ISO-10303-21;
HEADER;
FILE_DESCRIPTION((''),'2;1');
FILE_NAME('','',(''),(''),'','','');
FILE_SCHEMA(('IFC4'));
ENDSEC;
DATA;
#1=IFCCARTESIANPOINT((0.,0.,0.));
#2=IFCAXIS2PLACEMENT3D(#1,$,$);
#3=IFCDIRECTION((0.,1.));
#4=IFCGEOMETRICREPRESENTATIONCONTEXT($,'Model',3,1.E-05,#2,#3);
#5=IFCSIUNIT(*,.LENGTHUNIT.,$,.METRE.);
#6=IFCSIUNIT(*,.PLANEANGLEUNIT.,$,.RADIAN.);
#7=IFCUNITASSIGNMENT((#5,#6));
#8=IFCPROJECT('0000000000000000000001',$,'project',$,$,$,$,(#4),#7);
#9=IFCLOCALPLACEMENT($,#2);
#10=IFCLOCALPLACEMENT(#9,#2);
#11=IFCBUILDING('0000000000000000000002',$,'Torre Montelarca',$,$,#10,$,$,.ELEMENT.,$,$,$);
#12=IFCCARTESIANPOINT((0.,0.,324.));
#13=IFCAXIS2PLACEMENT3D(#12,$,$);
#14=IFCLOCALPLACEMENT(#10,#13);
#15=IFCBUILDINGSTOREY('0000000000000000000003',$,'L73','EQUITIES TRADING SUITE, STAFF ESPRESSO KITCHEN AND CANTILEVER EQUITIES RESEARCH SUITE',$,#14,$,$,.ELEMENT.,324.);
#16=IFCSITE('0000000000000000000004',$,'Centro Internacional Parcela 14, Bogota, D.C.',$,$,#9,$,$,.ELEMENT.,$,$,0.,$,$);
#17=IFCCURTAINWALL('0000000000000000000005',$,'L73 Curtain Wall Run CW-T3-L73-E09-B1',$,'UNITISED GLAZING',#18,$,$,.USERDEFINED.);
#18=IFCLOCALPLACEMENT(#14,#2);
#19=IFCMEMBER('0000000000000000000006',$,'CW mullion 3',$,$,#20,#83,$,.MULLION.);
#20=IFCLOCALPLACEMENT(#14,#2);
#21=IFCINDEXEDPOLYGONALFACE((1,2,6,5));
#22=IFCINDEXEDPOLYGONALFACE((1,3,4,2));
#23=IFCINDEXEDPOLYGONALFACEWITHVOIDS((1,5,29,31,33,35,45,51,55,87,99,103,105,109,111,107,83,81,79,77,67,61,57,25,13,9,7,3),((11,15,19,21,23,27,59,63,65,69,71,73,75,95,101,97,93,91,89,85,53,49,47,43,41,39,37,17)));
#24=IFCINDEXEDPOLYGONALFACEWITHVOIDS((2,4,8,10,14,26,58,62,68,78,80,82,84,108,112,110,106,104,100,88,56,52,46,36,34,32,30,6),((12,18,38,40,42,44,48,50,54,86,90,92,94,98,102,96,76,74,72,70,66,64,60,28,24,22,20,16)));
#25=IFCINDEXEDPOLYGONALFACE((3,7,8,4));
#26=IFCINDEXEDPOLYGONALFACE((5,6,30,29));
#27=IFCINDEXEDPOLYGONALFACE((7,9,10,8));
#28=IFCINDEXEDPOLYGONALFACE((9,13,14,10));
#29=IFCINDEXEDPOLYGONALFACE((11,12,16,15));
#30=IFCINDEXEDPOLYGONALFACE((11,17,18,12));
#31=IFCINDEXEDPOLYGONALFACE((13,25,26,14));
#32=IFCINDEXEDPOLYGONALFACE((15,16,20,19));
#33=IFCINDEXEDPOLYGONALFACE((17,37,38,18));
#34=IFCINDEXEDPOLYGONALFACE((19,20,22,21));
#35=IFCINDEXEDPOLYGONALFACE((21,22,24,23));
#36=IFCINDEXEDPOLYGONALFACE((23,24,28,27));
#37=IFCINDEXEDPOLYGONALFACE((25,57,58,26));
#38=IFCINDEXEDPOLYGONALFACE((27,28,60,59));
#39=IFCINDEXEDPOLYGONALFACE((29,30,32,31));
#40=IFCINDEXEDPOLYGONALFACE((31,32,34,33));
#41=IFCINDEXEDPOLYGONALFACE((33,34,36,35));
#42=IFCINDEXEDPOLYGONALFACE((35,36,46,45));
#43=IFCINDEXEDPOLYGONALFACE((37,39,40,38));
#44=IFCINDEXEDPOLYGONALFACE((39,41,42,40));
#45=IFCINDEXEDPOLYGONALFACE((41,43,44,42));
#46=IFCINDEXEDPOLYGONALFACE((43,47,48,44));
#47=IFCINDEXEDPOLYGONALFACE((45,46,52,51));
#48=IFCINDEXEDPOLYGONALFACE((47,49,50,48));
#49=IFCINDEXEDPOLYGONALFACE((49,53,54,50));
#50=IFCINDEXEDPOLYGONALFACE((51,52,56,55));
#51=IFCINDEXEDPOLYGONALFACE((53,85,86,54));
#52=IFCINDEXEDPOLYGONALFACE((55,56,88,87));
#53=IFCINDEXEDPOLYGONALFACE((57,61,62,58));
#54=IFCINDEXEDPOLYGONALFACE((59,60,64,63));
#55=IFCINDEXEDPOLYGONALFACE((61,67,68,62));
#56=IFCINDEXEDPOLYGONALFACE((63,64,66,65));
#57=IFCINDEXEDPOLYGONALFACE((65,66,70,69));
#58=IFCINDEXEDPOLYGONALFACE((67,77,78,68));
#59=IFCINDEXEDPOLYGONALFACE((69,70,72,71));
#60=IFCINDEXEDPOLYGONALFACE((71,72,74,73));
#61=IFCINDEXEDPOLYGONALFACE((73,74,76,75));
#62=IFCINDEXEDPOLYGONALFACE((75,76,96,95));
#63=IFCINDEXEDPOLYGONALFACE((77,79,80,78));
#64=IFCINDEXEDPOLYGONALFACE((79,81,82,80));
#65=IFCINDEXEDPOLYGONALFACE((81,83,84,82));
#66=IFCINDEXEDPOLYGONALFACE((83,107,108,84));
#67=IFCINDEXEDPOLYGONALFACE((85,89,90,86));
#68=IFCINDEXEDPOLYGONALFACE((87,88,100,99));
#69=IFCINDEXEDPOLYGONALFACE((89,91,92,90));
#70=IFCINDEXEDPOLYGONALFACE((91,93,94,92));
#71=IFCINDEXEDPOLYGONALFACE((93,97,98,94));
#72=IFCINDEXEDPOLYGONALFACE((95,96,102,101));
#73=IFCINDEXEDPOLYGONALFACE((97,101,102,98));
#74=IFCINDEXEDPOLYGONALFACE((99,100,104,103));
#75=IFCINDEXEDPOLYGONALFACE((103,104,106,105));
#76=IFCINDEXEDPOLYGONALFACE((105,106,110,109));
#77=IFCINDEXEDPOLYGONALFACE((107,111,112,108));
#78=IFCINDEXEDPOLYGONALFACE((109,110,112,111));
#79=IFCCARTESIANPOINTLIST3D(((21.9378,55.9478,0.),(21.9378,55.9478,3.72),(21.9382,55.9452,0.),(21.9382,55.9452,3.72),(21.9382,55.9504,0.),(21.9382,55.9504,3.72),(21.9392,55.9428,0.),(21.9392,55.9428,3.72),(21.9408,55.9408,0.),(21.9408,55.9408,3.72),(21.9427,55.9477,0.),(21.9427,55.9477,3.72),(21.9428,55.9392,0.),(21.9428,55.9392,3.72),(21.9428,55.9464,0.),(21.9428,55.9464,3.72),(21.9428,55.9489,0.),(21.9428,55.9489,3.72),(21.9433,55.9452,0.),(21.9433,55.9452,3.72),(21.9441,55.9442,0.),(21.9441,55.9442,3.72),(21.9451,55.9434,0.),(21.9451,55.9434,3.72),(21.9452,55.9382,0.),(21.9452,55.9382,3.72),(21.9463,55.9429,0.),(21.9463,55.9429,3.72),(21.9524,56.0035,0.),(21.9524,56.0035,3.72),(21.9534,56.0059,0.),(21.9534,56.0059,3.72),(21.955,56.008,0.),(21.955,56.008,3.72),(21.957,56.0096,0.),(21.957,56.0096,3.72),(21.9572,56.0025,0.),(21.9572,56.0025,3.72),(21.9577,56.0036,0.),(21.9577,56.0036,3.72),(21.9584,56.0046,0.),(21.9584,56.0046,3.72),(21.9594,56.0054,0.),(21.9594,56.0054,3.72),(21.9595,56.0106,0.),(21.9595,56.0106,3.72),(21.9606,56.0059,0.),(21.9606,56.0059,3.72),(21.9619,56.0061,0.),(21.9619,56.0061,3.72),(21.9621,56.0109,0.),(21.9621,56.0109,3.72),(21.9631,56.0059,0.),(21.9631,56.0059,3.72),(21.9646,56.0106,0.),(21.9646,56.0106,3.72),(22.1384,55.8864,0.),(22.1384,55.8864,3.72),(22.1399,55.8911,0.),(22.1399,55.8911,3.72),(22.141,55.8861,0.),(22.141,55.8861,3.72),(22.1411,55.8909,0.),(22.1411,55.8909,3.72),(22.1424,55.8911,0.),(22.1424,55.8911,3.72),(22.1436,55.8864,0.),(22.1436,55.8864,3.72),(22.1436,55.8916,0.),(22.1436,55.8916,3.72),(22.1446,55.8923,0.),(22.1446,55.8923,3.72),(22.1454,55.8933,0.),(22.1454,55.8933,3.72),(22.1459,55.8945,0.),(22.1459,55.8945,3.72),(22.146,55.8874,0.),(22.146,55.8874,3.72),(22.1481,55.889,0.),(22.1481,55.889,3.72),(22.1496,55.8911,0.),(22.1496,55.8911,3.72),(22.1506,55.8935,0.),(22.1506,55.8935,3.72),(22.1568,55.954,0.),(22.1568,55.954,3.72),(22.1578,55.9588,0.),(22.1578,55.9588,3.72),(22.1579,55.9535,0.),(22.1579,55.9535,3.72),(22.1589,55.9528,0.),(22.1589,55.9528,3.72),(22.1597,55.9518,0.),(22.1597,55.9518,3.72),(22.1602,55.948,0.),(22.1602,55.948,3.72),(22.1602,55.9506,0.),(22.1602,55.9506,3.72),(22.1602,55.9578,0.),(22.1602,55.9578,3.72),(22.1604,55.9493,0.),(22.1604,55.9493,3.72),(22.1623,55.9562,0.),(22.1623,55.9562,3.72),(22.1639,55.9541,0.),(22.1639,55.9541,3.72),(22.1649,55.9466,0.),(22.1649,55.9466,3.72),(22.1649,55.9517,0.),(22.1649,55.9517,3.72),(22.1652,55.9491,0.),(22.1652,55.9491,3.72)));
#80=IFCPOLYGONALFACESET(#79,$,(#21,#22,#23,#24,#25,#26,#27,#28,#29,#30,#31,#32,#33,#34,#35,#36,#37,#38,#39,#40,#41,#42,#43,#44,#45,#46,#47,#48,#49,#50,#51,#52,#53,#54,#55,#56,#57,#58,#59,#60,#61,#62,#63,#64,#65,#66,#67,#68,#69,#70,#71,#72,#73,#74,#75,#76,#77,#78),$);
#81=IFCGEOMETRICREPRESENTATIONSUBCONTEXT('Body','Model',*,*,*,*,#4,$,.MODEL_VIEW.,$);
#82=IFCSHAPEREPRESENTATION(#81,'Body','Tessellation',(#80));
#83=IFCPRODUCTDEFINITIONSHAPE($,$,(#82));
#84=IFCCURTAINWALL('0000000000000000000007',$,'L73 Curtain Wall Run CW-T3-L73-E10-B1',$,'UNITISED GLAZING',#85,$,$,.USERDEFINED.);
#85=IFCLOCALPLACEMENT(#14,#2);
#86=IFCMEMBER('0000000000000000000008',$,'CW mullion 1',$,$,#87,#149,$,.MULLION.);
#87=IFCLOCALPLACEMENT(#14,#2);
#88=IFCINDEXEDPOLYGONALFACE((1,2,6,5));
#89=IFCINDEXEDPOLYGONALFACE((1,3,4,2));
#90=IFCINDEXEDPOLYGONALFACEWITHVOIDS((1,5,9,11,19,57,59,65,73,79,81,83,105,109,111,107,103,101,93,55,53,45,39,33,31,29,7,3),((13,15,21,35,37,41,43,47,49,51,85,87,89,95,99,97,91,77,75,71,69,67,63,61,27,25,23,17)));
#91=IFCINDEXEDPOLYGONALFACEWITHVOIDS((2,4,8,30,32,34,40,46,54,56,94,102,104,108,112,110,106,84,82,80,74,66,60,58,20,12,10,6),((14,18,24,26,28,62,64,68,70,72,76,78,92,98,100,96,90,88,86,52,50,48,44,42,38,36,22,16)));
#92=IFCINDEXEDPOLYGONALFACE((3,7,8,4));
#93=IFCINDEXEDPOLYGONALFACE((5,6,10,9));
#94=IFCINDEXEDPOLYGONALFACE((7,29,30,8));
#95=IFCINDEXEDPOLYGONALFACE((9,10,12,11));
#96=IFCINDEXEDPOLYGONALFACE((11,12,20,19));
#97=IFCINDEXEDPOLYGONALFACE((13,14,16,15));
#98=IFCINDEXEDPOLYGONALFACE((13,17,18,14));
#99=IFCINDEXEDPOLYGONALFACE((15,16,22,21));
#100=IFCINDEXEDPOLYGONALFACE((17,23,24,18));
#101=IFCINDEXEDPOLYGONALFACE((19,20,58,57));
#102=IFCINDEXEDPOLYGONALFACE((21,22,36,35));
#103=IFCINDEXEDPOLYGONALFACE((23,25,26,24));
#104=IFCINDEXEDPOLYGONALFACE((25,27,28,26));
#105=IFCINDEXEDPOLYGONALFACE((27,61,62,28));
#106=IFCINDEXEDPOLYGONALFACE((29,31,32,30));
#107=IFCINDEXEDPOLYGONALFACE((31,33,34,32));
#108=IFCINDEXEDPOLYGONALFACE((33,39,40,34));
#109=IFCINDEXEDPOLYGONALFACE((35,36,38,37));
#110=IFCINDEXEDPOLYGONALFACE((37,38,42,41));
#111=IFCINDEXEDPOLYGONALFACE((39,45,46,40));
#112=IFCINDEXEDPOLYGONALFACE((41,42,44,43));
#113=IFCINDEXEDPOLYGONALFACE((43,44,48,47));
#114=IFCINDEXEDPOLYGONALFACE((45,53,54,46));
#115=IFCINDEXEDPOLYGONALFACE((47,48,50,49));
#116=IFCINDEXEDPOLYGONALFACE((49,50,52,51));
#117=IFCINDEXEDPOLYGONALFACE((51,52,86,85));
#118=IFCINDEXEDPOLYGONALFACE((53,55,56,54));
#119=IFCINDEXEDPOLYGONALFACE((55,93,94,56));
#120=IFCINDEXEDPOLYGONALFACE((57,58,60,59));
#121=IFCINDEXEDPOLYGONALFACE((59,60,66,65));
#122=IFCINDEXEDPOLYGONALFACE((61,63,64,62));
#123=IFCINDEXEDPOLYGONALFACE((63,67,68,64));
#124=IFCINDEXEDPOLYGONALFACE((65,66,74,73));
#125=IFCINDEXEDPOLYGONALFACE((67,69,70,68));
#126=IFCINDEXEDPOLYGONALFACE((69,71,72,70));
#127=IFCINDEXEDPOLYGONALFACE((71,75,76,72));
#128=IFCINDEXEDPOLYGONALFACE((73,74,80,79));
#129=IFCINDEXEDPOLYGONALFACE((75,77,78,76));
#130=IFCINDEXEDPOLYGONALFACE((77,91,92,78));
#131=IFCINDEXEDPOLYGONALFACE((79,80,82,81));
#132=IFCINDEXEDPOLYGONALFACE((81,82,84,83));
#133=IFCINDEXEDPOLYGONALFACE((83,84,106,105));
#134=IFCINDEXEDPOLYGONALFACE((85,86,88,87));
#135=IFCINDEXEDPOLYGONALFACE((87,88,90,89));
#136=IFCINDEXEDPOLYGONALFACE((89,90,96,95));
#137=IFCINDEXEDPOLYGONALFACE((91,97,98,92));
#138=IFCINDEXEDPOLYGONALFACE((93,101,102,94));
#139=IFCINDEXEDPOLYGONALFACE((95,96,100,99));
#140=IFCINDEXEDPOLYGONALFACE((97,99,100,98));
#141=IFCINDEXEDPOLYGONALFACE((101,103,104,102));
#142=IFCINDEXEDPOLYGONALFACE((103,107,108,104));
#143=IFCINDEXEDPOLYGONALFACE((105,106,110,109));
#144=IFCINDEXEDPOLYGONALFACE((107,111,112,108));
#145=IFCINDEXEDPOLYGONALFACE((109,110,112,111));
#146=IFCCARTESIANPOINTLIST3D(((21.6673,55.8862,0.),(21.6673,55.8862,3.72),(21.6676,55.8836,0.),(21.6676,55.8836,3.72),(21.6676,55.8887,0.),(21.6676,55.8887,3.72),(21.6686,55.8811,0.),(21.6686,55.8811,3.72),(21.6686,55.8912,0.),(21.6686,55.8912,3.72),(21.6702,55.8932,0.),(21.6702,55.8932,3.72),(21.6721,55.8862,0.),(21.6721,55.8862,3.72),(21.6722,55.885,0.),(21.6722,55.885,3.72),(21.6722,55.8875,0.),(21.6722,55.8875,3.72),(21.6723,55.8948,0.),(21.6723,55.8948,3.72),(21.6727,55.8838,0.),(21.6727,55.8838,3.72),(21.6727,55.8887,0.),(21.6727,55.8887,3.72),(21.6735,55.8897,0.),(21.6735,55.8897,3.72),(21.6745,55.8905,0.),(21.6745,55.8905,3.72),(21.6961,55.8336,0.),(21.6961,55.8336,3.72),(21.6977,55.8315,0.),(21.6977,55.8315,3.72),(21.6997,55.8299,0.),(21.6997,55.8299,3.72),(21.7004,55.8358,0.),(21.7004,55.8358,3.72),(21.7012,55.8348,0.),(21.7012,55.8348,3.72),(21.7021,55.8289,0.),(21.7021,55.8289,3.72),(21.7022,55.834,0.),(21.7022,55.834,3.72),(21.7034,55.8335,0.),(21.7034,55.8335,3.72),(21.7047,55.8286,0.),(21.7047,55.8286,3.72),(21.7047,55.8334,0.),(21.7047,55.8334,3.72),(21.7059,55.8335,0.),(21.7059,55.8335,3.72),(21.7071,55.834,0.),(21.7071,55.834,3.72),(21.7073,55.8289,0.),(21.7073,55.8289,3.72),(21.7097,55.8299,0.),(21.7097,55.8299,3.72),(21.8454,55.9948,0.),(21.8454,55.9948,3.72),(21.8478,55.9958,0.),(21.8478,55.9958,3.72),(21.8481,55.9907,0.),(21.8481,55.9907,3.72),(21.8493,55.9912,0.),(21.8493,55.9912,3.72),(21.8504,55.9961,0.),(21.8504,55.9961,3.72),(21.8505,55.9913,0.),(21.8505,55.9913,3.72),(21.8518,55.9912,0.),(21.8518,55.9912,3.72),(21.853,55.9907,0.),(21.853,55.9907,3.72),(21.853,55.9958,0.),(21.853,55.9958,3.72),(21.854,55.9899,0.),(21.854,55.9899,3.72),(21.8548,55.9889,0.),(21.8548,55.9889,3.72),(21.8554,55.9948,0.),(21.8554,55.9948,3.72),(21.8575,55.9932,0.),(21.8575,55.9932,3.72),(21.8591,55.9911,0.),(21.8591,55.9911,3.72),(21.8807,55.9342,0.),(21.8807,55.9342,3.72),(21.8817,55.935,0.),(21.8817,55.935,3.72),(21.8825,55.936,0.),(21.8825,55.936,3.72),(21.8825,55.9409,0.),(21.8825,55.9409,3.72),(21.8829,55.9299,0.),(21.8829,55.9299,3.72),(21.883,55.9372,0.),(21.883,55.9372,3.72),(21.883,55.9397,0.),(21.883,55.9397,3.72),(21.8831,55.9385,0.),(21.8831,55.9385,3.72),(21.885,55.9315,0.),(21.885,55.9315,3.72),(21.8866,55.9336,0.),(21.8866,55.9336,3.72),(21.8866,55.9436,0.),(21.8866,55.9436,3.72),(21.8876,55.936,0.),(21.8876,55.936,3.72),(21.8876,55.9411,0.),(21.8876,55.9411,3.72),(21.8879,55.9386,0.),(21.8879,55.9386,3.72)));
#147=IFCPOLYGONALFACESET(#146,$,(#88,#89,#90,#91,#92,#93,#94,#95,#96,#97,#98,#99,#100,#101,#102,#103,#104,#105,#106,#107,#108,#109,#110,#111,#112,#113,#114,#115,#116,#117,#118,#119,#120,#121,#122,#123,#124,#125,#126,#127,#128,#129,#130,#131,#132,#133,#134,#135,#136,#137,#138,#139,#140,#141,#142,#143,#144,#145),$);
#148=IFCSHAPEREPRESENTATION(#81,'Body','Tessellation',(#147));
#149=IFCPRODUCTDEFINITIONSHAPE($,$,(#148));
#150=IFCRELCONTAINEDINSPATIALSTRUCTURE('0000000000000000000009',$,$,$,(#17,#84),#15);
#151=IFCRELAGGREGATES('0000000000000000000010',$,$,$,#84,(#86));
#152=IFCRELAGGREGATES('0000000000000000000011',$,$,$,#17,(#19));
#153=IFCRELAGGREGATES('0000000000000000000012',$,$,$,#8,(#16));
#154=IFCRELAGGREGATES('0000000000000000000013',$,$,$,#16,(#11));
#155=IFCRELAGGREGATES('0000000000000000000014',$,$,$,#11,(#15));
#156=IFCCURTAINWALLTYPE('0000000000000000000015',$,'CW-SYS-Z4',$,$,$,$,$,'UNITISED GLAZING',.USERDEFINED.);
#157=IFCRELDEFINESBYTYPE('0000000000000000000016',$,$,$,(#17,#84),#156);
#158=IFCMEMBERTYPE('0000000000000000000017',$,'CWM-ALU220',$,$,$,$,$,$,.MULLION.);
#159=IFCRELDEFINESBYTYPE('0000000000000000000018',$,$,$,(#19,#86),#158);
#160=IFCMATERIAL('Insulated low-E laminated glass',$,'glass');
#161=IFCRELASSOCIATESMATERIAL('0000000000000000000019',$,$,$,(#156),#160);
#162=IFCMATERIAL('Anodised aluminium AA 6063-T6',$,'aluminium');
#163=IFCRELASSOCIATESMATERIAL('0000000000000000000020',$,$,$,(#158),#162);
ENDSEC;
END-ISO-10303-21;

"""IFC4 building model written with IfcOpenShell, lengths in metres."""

from ifc_helpers import new_model, si_unit, direction, frame, origin, origin_2d, place, context, subcontext, project, spatial, hollow_rectangle, extrude, source, transform, mapped, material, material_profile, profile_set, type_object, element, aggregate, save


model = new_model("IFC4")

# Units and contexts
model_context = context("Model", 3, precision=1e-05, world=origin(), true_north=direction((0.0, 1.0)))
body_context = subcontext(model_context, "Body", "Model", "MODEL_VIEW")
ifc_project = project(units=[si_unit("LENGTHUNIT", "METRE"), si_unit("PLANEANGLEUNIT", "RADIAN")], contexts=[model_context])

# Site, building, storey
site_placement = place(None, origin())
site = spatial("IfcSite", under=ifc_project, at=site_placement, Name="Centro Internacional Parcela 14, Bogota, D.C.", CompositionType="ELEMENT", RefElevation=0.0)
building_placement = place(site_placement, origin())
building = spatial("IfcBuilding", under=site, at=building_placement, Name="Torre Montelarca", CompositionType="ELEMENT")
storey_placement = place(building_placement, frame((0.0, 0.0, 324.0)))
storey = spatial("IfcBuildingStorey", under=building, at=storey_placement, Name="L73", Description="EQUITIES TRADING SUITE, STAFF ESPRESSO KITCHEN AND CANTILEVER EQUITIES RESEARCH SUITE", CompositionType="ELEMENT", Elevation=324.0)

# Curtain wall, member
ifc_material_1 = material(Name="Insulated low-E laminated glass", Category="glass")
curtain_wall_type = type_object("IfcCurtainWallType", Name="CW-SYS-Z4", ElementType="UNITISED GLAZING", PredefinedType="USERDEFINED", material=ifc_material_1)
curtain_wall_1_placement = place(storey_placement, origin())
curtain_wall_1 = element("IfcCurtainWall", 1, at=curtain_wall_1_placement, inside=storey, type_object=curtain_wall_type, Name="L73 Curtain Wall Run CW-T3-L73-E09-B1", ObjectType="UNITISED GLAZING", PredefinedType="USERDEFINED")
ifc_material_2 = material(Name="Anodised aluminium AA 6063-T6", Category="aluminium")
ifc_material_profile_1 = material_profile(ifc_material_2, hollow_rectangle(XDim=0.075, YDim=0.22, WallThickness=0.0049, InnerFilletRadius=0.0049, OuterFilletRadius=0.01, at=origin_2d()), Name="ALU75X220X5", Category="aluminium")
ifc_profile_set_1 = profile_set([ifc_material_profile_1], Name="Anodised aluminium AA 6063-T6")
member_type_1 = type_object("IfcMemberType", Name="CWM-ALU220", PredefinedType="MULLION", material=ifc_profile_set_1)
shared_shape_1 = source(origin(), body_context, "Body", "SweptSolid", [
    extrude(hollow_rectangle(XDim=0.075, YDim=0.22, WallThickness=0.0049, InnerFilletRadius=0.0049, OuterFilletRadius=0.01, at=origin_2d()), origin(), (0.0, 0.0, 1.0), 3.72),
])
member_1_placement = place(storey_placement, frame((22.0515, 55.9485, 0.0), z_axis=(0.0, 0.0, 1.0), x_axis=(-0.258815, -0.965927, 0.0)))
member_1 = element("IfcMember", 2, at=member_1_placement, type_object=member_type_1, Name="CW mullion 3", PredefinedType="MULLION", context=body_context, shape_type="MappedRepresentation", body=[
    mapped(shared_shape_1, transform((0.0, 0.0, 0.0), scale=1.0)),
])

# Curtain wall, member
curtain_wall_2_placement = place(storey_placement, origin())
curtain_wall_2 = element("IfcCurtainWall", 3, at=curtain_wall_2_placement, inside=storey, type_object=curtain_wall_type, Name="L73 Curtain Wall Run CW-T3-L73-E10-B1", ObjectType="UNITISED GLAZING", PredefinedType="USERDEFINED")
member_2_placement = place(storey_placement, frame((21.7776, 55.9124, 0.0), z_axis=(0.0, 0.0, 1.0), x_axis=(0.5, -0.866025, 0.0)))
member_2 = element("IfcMember", 4, at=member_2_placement, type_object=member_type_1, Name="CW mullion 1", PredefinedType="MULLION", context=body_context, shape_type="MappedRepresentation", body=[
    mapped(shared_shape_1, transform((0.0, 0.0, 0.0), scale=1.0)),
])

aggregate(curtain_wall_2, [member_2])

aggregate(curtain_wall_1, [member_1])

save(model, "model.ifc")
